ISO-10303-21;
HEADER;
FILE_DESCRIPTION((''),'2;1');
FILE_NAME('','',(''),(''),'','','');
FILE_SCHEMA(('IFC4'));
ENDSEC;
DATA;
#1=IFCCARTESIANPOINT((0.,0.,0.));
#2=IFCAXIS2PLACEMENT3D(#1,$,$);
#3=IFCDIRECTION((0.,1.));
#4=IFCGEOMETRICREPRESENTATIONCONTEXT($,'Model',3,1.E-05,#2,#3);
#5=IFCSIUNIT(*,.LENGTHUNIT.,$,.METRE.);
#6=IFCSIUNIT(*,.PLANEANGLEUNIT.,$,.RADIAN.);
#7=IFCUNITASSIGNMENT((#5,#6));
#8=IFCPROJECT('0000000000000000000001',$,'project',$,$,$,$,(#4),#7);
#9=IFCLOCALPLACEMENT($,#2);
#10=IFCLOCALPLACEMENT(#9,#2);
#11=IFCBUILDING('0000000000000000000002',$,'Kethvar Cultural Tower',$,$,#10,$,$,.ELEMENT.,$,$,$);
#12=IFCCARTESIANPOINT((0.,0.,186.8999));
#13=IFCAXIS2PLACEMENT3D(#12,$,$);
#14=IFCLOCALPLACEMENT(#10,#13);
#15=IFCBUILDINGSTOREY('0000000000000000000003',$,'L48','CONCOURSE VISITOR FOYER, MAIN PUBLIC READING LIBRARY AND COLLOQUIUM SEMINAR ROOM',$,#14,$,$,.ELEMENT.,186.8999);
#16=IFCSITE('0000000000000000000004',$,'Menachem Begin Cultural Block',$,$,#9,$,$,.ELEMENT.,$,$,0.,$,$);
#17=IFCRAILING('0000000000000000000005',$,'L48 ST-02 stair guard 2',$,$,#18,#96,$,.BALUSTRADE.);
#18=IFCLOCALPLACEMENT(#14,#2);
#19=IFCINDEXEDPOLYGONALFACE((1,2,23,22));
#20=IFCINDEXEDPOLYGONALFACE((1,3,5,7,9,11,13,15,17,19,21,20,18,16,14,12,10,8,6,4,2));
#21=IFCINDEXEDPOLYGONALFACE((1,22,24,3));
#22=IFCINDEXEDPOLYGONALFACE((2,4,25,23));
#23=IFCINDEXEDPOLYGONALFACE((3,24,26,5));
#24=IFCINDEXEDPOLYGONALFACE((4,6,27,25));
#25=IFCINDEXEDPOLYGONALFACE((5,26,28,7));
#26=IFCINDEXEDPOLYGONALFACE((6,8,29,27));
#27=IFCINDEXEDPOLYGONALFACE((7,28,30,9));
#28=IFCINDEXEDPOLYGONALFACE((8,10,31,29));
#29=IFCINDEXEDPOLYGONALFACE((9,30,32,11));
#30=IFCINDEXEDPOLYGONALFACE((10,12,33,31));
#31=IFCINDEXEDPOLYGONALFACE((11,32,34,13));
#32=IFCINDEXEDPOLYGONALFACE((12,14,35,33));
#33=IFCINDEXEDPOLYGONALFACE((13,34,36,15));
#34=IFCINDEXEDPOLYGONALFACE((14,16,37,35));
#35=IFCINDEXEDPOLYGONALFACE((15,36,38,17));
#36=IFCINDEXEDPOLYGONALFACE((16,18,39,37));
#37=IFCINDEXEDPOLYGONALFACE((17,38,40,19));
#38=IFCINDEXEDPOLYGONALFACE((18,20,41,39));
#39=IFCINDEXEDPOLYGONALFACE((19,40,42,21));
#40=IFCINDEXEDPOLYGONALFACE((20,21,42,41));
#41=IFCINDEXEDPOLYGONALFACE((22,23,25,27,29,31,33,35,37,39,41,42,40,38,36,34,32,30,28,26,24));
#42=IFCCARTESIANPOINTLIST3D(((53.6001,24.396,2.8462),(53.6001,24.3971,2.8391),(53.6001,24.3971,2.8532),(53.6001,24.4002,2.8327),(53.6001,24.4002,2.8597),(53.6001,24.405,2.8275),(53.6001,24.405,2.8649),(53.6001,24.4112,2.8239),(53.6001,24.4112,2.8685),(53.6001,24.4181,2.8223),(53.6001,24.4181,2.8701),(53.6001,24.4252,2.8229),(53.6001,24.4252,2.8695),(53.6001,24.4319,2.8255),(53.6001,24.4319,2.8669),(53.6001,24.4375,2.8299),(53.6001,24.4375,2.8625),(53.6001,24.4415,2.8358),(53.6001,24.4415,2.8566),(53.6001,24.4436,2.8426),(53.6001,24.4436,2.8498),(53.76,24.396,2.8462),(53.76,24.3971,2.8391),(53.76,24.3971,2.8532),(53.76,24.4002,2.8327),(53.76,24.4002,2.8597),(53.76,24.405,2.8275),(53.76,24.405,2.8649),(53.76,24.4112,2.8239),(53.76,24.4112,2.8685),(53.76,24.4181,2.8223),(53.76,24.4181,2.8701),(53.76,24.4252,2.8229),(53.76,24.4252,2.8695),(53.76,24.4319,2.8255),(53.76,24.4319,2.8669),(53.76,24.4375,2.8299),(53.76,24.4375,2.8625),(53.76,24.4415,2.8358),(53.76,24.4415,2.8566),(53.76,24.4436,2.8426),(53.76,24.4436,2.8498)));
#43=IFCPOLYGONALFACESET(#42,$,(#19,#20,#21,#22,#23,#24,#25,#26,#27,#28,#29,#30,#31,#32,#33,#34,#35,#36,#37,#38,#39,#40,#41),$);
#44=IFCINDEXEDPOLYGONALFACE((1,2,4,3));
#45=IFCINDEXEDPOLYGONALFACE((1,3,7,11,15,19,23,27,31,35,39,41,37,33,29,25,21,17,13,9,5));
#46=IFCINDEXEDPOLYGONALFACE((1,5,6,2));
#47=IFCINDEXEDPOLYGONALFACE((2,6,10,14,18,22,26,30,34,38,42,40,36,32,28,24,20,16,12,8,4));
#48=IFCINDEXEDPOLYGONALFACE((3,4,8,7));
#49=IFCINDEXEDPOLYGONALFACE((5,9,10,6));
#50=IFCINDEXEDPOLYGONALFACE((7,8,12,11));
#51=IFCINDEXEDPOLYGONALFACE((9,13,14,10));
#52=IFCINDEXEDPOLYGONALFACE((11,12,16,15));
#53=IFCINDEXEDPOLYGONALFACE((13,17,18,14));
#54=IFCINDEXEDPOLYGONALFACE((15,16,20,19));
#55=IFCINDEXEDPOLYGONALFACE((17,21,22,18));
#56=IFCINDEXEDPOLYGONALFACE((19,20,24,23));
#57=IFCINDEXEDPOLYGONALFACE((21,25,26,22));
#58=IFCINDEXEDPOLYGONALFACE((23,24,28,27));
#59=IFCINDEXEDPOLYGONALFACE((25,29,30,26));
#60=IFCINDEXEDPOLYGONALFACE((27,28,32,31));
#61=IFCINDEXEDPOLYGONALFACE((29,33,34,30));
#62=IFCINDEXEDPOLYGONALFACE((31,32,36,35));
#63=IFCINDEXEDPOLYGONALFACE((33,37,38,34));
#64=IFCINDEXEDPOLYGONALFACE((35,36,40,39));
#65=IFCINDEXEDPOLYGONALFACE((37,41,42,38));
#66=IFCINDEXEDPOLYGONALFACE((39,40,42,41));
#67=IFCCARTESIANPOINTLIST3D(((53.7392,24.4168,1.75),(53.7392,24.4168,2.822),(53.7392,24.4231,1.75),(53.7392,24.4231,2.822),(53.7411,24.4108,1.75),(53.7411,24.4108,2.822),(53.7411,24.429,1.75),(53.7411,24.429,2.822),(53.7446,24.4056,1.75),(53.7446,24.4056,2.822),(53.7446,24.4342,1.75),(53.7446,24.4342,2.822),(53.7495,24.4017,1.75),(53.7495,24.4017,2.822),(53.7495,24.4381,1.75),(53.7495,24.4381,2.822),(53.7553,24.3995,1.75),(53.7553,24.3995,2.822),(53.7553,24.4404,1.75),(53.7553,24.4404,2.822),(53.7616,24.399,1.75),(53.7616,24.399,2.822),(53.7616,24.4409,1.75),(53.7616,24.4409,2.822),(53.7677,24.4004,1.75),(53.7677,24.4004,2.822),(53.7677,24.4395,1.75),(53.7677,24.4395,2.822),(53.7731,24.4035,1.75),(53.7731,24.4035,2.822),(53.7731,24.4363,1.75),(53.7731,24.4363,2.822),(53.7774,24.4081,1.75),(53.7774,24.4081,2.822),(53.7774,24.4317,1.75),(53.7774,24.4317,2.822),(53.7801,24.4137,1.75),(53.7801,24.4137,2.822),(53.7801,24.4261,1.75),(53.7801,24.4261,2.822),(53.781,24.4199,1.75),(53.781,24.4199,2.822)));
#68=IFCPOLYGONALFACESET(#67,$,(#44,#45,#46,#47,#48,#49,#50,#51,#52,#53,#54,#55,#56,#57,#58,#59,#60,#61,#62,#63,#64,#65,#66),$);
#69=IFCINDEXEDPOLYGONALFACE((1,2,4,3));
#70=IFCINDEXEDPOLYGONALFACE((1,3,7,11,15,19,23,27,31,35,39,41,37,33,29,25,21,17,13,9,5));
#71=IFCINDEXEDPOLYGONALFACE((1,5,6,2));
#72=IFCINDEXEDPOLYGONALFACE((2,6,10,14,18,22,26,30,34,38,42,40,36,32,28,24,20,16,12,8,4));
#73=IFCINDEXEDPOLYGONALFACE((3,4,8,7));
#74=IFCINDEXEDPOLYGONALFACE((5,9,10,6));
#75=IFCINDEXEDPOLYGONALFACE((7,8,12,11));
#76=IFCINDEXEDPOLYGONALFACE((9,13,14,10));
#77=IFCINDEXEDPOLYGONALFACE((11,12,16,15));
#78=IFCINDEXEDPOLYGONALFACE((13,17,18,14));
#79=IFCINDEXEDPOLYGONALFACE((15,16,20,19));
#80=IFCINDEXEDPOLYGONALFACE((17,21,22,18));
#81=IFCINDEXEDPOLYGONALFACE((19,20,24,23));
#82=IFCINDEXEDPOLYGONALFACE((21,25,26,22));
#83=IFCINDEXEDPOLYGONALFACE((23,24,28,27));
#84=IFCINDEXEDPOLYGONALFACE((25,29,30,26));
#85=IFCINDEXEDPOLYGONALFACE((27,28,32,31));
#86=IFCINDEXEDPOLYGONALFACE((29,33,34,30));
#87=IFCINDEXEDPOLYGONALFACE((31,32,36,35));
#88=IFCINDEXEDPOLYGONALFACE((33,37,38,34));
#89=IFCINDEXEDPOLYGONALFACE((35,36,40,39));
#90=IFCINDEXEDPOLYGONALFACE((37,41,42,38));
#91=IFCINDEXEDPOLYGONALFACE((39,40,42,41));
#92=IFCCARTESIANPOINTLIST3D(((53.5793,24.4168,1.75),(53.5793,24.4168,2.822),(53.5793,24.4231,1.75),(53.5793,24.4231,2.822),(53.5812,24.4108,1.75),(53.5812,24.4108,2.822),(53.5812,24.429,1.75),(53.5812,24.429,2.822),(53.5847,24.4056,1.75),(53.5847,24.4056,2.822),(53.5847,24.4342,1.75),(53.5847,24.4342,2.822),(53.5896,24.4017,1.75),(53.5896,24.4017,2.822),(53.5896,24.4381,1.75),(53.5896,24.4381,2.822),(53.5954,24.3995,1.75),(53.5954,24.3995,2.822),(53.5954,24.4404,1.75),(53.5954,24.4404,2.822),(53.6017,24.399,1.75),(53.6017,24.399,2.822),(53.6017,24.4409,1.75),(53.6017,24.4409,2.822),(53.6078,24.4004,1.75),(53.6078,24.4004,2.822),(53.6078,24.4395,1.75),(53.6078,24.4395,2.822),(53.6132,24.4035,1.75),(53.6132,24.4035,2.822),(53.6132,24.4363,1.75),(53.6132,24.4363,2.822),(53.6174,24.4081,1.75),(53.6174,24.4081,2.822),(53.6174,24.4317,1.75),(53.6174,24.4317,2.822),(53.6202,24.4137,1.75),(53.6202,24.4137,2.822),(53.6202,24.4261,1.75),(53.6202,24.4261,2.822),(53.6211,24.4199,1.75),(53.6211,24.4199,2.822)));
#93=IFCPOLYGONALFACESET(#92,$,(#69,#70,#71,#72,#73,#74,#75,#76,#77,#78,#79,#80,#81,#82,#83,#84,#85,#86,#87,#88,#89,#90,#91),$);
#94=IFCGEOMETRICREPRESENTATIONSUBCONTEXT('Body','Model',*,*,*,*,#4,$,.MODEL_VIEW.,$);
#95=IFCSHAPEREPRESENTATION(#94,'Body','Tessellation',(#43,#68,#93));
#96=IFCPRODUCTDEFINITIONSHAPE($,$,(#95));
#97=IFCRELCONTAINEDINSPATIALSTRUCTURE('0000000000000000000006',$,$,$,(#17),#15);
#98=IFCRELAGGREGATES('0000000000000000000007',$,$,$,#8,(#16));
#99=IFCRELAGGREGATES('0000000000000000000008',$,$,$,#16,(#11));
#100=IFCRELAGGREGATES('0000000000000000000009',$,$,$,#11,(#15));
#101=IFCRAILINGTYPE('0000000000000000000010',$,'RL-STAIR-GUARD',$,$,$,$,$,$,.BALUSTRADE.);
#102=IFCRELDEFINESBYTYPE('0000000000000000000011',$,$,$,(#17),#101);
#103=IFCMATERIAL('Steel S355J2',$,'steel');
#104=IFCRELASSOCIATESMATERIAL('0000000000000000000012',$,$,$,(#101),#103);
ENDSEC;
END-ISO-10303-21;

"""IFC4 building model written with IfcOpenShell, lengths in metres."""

from ifc_helpers import new_model, si_unit, direction, frame, origin, origin_2d, place, context, subcontext, project, spatial, circle, extrude, material, type_object, element, save


model = new_model("IFC4")

# Units and contexts
model_context = context("Model", 3, precision=1e-05, world=origin(), true_north=direction((0.0, 1.0)))
body_context = subcontext(model_context, "Body", "Model", "MODEL_VIEW")
ifc_project = project(units=[si_unit("LENGTHUNIT", "METRE"), si_unit("PLANEANGLEUNIT", "RADIAN")], contexts=[model_context])

# Site, building, storey
site_placement = place(None, origin())
site = spatial("IfcSite", under=ifc_project, at=site_placement, Name="Menachem Begin Cultural Block", CompositionType="ELEMENT", RefElevation=0.0)
building_placement = place(site_placement, origin())
building = spatial("IfcBuilding", under=site, at=building_placement, Name="Kethvar Cultural Tower", CompositionType="ELEMENT")
storey_placement = place(building_placement, frame((0.0, 0.0, 186.8999)))
storey = spatial("IfcBuildingStorey", under=building, at=storey_placement, Name="L48", Description="CONCOURSE VISITOR FOYER, MAIN PUBLIC READING LIBRARY AND COLLOQUIUM SEMINAR ROOM", CompositionType="ELEMENT", Elevation=186.8999)

# Shared definitions
ifc_material_1 = material(Name="Steel S355J2", Category="steel")

# Railing
railing_type_1 = type_object("IfcRailingType", Name="RL-STAIR-GUARD", PredefinedType="BALUSTRADE", material=ifc_material_1)
railing_1_placement = place(storey_placement, frame((53.76, 24.4199, 1.75)))
element("IfcRailing", 1, at=railing_1_placement, inside=storey, type_object=railing_type_1, Name="L48 ST-02 stair guard 2", PredefinedType="BALUSTRADE", context=body_context, shape_type="SweptSolid", body=[
    extrude(circle(Radius=0.0239, at=origin_2d()), frame((0.0, 0.0, 1.0962), z_axis=(-1.0, 0.0, 0.0), x_axis=(0.0, -1.0, 0.0)), (0.0, 0.0, 1.0), 0.1599),
    extrude(circle(Radius=0.021, at=origin_2d()), origin(), (0.0, 0.0, 1.0), 1.072),
    extrude(circle(Radius=0.021, at=origin_2d()), frame((-0.1599, 0.0, 0.0)), (0.0, 0.0, 1.0), 1.072),
])

save(model, "model.ifc")
